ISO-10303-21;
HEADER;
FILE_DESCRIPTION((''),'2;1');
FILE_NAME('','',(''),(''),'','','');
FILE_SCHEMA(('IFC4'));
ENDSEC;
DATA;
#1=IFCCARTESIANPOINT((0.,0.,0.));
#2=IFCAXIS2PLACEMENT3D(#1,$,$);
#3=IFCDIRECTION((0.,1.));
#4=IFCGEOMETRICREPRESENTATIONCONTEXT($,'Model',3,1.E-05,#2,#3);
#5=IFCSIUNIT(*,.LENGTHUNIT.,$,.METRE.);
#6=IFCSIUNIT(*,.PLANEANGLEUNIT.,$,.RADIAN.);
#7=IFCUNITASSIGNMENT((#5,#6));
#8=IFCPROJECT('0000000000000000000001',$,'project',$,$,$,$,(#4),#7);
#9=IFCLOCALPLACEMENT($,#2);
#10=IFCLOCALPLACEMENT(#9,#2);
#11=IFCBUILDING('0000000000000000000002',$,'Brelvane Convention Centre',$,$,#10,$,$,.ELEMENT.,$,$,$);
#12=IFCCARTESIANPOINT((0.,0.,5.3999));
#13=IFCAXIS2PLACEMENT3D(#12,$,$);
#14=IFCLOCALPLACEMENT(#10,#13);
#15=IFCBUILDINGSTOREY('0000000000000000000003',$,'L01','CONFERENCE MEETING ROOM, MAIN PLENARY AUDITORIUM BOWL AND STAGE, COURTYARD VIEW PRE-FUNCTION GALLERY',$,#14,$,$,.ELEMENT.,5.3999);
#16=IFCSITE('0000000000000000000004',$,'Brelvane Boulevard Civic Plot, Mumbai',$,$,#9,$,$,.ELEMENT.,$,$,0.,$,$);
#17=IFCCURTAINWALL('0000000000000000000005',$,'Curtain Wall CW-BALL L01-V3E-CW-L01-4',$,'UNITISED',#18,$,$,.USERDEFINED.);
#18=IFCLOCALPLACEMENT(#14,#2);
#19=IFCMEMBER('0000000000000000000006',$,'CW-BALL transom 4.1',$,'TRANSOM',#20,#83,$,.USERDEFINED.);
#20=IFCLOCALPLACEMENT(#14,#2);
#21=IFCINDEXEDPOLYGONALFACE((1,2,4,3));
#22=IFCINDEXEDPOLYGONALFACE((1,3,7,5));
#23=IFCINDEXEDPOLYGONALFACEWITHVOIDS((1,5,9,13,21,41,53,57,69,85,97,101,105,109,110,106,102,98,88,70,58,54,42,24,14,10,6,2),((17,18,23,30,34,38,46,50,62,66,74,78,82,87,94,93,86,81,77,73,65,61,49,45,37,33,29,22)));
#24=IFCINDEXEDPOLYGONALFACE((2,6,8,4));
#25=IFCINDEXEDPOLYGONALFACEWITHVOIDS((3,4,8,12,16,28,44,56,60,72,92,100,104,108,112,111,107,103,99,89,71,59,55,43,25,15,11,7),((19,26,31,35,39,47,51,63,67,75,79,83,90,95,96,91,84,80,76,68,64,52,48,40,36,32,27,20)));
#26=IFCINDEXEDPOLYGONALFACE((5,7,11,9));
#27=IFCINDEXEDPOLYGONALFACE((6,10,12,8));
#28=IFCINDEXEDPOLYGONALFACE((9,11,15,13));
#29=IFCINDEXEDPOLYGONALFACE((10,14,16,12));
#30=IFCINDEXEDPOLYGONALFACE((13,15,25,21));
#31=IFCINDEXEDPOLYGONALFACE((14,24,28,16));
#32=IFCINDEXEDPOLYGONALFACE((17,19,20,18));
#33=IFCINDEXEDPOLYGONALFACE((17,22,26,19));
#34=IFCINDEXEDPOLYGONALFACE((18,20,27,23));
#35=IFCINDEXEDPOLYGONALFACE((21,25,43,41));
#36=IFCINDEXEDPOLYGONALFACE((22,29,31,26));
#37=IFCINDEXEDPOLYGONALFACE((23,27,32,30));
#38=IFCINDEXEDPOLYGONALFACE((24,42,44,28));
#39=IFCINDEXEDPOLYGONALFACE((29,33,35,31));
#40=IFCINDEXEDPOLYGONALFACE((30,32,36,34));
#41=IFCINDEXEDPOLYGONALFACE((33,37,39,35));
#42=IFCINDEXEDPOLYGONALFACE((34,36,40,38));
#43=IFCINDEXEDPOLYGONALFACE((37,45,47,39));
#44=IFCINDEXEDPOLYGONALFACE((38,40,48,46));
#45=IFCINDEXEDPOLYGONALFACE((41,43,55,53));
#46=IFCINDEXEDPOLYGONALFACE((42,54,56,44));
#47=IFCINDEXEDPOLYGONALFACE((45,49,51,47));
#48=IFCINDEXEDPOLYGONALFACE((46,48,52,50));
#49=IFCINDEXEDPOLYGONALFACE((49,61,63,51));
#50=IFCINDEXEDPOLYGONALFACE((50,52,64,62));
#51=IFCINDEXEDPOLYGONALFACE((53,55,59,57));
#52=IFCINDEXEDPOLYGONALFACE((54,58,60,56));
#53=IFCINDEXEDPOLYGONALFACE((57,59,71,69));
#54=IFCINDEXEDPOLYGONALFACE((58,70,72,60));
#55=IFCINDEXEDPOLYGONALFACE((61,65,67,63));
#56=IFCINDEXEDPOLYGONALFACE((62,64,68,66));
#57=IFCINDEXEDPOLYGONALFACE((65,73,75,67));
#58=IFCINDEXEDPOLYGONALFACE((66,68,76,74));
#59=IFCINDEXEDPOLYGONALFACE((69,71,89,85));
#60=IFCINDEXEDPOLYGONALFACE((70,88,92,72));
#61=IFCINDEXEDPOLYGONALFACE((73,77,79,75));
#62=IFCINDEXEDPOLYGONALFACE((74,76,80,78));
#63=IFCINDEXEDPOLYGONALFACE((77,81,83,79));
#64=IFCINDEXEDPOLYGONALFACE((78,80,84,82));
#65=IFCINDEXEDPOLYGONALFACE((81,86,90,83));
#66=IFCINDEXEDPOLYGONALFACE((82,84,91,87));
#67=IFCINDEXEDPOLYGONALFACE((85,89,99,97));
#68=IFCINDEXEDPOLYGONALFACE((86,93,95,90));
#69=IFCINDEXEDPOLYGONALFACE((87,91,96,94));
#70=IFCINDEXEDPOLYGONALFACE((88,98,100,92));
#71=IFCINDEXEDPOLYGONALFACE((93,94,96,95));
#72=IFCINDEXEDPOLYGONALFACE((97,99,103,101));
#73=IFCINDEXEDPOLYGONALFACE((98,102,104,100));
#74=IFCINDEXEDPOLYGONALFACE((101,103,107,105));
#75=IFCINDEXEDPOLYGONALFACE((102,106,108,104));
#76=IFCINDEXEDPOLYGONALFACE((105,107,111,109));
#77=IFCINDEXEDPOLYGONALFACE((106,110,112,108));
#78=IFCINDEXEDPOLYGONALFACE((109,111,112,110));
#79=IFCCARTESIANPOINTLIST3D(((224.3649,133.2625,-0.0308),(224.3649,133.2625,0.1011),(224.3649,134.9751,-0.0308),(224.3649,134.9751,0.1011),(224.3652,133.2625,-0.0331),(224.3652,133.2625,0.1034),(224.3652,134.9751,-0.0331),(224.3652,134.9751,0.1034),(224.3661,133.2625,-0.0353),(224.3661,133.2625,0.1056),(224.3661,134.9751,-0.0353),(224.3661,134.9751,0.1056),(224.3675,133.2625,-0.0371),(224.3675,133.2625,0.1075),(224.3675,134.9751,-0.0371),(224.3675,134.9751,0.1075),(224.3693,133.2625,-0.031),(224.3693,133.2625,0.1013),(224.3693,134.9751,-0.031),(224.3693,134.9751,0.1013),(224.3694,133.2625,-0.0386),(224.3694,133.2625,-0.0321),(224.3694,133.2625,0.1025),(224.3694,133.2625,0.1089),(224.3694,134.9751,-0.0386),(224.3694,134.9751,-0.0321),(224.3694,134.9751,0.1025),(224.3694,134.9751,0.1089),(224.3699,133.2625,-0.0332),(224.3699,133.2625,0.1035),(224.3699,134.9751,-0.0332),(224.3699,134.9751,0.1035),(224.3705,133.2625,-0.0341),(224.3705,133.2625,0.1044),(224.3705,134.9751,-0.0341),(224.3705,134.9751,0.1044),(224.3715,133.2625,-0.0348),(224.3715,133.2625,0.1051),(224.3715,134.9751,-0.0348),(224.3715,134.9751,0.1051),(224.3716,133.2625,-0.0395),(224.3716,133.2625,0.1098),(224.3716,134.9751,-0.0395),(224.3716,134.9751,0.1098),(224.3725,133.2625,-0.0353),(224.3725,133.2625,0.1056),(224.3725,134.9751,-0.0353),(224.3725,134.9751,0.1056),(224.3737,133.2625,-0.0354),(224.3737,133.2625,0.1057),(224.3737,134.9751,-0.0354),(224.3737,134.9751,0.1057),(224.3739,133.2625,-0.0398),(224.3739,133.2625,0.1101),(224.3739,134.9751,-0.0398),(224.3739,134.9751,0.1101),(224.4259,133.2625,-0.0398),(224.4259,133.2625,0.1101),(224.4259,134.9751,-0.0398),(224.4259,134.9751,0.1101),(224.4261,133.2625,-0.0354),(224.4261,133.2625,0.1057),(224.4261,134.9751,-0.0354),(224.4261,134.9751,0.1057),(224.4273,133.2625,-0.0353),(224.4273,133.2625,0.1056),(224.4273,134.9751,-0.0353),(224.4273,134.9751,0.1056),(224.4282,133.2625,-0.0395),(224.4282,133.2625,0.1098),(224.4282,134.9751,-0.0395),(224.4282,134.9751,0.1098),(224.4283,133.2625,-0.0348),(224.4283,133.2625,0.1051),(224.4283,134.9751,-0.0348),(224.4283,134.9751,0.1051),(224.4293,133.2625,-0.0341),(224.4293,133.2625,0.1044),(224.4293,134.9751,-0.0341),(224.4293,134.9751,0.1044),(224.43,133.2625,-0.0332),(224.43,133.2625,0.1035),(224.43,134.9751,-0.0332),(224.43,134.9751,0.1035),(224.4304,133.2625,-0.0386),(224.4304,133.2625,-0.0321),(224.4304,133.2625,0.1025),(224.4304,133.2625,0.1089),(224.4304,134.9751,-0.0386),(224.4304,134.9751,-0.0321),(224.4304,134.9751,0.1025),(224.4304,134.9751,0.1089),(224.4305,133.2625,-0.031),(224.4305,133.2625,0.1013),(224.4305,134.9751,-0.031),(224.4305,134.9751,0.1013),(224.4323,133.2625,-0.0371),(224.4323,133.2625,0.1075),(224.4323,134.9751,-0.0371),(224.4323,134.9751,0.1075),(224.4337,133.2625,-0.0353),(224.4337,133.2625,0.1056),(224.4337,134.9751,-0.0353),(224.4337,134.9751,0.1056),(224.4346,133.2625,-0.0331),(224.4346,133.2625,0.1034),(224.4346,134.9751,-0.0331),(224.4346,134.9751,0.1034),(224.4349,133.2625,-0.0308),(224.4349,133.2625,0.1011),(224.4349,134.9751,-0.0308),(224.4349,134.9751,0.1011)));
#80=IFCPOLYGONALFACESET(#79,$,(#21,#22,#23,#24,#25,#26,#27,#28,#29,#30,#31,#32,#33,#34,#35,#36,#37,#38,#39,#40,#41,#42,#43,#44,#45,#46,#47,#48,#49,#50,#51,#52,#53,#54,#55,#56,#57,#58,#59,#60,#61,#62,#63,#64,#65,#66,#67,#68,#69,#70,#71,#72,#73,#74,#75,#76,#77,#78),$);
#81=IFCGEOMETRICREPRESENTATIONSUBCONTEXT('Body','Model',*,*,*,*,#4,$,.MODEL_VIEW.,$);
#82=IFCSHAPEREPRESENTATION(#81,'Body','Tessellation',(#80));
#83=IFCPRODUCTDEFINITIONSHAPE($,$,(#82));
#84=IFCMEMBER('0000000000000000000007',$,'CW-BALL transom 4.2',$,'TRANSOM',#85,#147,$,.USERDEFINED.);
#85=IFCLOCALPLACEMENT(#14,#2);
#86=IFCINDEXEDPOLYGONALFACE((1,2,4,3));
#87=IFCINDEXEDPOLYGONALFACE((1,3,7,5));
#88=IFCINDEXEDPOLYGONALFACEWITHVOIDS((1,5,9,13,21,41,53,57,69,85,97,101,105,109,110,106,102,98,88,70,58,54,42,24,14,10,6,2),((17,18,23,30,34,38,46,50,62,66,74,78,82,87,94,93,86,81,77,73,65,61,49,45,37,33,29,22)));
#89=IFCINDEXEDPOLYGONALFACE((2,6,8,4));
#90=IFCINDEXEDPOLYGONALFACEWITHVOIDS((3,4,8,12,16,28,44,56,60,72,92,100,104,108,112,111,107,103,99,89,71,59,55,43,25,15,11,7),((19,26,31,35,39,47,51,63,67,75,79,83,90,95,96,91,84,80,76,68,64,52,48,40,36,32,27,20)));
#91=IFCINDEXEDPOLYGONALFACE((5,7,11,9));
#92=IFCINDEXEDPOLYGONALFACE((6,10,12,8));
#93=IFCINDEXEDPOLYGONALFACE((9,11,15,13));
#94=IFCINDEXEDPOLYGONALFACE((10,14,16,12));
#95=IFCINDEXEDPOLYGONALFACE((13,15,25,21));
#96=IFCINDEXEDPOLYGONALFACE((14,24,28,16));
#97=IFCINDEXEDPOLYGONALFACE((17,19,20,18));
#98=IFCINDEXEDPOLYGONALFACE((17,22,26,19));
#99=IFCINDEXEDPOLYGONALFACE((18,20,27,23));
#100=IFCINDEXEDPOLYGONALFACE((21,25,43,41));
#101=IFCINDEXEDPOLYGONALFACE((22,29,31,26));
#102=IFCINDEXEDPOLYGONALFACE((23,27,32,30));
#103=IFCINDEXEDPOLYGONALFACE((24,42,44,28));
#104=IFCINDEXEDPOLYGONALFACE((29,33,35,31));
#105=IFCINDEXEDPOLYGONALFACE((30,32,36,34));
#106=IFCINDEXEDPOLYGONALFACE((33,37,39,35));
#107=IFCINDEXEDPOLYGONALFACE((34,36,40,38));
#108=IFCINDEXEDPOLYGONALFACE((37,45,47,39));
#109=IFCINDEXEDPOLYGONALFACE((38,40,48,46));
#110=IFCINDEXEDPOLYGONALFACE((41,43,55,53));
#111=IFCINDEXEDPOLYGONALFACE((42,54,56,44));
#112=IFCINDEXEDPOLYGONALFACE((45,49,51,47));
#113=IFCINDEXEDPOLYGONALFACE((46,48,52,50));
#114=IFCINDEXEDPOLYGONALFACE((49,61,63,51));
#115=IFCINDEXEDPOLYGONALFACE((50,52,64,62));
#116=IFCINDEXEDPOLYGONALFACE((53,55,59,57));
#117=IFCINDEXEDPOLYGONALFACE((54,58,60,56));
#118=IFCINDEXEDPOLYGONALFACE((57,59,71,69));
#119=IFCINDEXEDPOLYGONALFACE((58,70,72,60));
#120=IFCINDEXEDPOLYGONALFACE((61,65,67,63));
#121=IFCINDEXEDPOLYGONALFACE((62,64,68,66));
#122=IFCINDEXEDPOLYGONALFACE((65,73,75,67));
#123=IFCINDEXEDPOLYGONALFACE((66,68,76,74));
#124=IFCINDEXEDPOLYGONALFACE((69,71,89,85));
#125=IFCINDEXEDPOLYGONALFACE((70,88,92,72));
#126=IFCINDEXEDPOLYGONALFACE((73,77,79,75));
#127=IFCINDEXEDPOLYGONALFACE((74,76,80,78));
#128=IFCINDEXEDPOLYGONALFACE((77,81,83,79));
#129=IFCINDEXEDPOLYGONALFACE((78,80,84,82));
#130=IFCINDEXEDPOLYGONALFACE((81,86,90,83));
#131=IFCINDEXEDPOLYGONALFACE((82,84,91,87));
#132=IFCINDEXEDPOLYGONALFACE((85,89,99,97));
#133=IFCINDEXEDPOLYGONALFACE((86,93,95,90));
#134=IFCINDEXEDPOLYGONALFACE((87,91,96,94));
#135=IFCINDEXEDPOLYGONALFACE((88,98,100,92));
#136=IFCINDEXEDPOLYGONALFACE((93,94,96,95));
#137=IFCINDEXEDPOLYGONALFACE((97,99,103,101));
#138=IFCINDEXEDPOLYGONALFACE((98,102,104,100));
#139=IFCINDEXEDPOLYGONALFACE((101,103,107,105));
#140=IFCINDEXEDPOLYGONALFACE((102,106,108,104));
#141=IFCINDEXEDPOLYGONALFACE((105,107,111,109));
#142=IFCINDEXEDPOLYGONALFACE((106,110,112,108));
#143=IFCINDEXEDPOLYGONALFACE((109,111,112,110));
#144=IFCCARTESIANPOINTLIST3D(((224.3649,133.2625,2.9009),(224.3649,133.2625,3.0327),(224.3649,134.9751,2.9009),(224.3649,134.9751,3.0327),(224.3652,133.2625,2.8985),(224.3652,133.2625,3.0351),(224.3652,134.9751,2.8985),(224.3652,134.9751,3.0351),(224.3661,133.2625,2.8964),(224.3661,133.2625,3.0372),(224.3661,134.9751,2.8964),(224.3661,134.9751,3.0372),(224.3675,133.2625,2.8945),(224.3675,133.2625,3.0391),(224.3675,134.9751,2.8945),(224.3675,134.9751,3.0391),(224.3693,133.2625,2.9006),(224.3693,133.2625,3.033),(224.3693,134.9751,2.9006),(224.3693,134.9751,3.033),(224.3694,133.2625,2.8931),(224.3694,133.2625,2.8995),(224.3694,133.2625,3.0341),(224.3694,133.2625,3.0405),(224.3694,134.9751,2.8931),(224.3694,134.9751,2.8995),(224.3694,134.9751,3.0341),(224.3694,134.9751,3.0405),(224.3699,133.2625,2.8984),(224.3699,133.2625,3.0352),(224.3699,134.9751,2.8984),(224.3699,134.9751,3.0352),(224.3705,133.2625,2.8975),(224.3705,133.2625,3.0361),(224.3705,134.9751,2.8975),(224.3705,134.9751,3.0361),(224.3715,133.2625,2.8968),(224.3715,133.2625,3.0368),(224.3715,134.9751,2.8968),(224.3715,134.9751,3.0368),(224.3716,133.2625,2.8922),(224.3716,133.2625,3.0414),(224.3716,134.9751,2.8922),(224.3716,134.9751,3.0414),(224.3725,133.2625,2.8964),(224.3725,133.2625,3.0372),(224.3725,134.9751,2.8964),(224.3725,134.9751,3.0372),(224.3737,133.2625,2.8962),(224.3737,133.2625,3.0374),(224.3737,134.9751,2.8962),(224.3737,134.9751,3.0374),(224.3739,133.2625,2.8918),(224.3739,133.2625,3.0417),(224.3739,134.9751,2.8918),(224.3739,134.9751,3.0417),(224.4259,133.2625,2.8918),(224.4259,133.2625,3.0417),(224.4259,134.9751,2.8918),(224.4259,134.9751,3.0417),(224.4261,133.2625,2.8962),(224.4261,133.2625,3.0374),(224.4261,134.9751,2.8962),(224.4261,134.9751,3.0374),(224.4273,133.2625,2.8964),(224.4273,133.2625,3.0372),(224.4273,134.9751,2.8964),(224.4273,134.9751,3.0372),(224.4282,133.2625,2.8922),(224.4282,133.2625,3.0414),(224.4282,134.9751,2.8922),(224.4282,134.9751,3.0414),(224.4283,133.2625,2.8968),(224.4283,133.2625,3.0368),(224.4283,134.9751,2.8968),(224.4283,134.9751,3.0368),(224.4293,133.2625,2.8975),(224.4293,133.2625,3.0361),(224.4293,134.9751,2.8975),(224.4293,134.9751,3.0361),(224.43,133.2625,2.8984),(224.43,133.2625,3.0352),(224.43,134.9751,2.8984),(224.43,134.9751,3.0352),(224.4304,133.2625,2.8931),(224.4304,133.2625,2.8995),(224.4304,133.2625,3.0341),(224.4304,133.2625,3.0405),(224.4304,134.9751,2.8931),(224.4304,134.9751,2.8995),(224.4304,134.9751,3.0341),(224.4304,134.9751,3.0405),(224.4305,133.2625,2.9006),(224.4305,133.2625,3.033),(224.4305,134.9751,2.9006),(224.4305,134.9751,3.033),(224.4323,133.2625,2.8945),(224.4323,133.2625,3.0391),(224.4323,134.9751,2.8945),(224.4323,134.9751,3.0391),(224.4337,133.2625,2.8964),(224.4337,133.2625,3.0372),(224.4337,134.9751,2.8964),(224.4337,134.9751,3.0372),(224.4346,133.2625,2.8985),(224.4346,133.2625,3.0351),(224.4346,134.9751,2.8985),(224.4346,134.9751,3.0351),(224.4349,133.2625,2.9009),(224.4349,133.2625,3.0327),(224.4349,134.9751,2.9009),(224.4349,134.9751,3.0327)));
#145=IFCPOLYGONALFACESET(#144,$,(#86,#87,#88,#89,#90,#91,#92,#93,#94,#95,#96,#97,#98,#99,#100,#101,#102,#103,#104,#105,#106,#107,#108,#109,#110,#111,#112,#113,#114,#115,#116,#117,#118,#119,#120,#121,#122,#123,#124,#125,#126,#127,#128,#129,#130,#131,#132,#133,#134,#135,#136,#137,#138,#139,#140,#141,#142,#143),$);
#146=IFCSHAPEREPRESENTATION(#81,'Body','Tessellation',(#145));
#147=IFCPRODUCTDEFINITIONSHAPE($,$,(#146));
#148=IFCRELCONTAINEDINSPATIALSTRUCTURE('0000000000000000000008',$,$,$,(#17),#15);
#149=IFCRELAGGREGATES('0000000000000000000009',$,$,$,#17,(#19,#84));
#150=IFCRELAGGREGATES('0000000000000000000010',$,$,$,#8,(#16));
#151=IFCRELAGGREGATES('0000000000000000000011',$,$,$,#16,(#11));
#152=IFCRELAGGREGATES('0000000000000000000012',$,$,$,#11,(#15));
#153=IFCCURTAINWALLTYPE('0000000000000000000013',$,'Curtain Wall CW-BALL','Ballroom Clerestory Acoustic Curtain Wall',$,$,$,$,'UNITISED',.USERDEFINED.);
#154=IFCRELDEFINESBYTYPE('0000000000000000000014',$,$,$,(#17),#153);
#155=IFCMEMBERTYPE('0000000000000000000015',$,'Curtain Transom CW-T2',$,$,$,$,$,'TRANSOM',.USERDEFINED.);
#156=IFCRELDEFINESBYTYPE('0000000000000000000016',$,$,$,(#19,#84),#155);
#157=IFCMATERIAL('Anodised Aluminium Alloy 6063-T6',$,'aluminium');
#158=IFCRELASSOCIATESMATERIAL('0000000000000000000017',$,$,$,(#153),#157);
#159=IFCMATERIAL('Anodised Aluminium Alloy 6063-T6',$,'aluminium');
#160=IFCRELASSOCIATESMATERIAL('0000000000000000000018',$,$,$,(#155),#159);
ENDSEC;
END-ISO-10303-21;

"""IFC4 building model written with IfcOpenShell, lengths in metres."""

from ifc_helpers import new_model, si_unit, direction, frame, origin, origin_2d, place, context, subcontext, project, spatial, hollow_rectangle, extrude, material, material_profile, profile_set, type_object, element, aggregate, save


model = new_model("IFC4")

# Units and contexts
model_context = context("Model", 3, precision=1e-05, world=origin(), true_north=direction((0.0, 1.0)))
body_context = subcontext(model_context, "Body", "Model", "MODEL_VIEW")
ifc_project = project(units=[si_unit("LENGTHUNIT", "METRE"), si_unit("PLANEANGLEUNIT", "RADIAN")], contexts=[model_context])

# Site, building, storey
site_placement = place(None, origin())
site = spatial("IfcSite", under=ifc_project, at=site_placement, Name="Brelvane Boulevard Civic Plot, Mumbai", CompositionType="ELEMENT", RefElevation=0.0)
building_placement = place(site_placement, origin())
building = spatial("IfcBuilding", under=site, at=building_placement, Name="Brelvane Convention Centre", CompositionType="ELEMENT")
storey_placement = place(building_placement, frame((0.0, 0.0, 5.3999)))
storey = spatial("IfcBuildingStorey", under=building, at=storey_placement, Name="L01", Description="CONFERENCE MEETING ROOM, MAIN PLENARY AUDITORIUM BOWL AND STAGE, COURTYARD VIEW PRE-FUNCTION GALLERY", CompositionType="ELEMENT", Elevation=5.3999)

# Curtain wall
ifc_material_1 = material(Name="Anodised Aluminium Alloy 6063-T6", Category="aluminium")
curtain_wall_type = type_object("IfcCurtainWallType", Name="Curtain Wall CW-BALL", Description="Ballroom Clerestory Acoustic Curtain Wall", ElementType="UNITISED", PredefinedType="USERDEFINED", material=ifc_material_1)
curtain_wall_1_placement = place(storey_placement, origin())
curtain_wall_1 = element("IfcCurtainWall", 1, at=curtain_wall_1_placement, inside=storey, type_object=curtain_wall_type, Name="Curtain Wall CW-BALL L01-V3E-CW-L01-4", ObjectType="UNITISED", PredefinedType="USERDEFINED")
ifc_material_2 = material(Name="Anodised Aluminium Alloy 6063-T6", Category="aluminium")
ifc_material_profile_1 = material_profile(ifc_material_2, hollow_rectangle(XDim=0.0701, YDim=0.1499, WallThickness=0.0044, InnerFilletRadius=0.0044, OuterFilletRadius=0.009, at=origin_2d()), Name="ALU-T 150x70x4.5")
ifc_profile_set_1 = profile_set([ifc_material_profile_1], Name="Anodised Aluminium Alloy 6063-T6")
member_type_1 = type_object("IfcMemberType", Name="Curtain Transom CW-T2", ElementType="TRANSOM", PredefinedType="USERDEFINED", material=ifc_profile_set_1)

# Members
member_1_placement = place(storey_placement, frame((224.3999, 133.2625, 0.0352), z_axis=(0.0, 1.0, 0.0), x_axis=(-1.0, 0.0, 0.0)))
member_1 = element("IfcMember", 2, at=member_1_placement, type_object=member_type_1, Name="CW-BALL transom 4.1", ObjectType="TRANSOM", PredefinedType="USERDEFINED", context=body_context, shape_type="SweptSolid", body=[
    extrude(hollow_rectangle(XDim=0.0701, YDim=0.1499, WallThickness=0.0044, InnerFilletRadius=0.0044, OuterFilletRadius=0.009, at=origin_2d()), origin(), (0.0, 0.0, 1.0), 1.7126),
])
member_2_placement = place(storey_placement, frame((224.3999, 133.2625, 2.9668), z_axis=(0.0, 1.0, 0.0), x_axis=(-1.0, 0.0, 0.0)))
member_2 = element("IfcMember", 3, at=member_2_placement, type_object=member_type_1, Name="CW-BALL transom 4.2", ObjectType="TRANSOM", PredefinedType="USERDEFINED", context=body_context, shape_type="SweptSolid", body=[
    extrude(hollow_rectangle(XDim=0.0701, YDim=0.1499, WallThickness=0.0044, InnerFilletRadius=0.0044, OuterFilletRadius=0.009, at=origin_2d()), origin(), (0.0, 0.0, 1.0), 1.7126),
])

aggregate(curtain_wall_1, [member_1, member_2])

save(model, "model.ifc")
